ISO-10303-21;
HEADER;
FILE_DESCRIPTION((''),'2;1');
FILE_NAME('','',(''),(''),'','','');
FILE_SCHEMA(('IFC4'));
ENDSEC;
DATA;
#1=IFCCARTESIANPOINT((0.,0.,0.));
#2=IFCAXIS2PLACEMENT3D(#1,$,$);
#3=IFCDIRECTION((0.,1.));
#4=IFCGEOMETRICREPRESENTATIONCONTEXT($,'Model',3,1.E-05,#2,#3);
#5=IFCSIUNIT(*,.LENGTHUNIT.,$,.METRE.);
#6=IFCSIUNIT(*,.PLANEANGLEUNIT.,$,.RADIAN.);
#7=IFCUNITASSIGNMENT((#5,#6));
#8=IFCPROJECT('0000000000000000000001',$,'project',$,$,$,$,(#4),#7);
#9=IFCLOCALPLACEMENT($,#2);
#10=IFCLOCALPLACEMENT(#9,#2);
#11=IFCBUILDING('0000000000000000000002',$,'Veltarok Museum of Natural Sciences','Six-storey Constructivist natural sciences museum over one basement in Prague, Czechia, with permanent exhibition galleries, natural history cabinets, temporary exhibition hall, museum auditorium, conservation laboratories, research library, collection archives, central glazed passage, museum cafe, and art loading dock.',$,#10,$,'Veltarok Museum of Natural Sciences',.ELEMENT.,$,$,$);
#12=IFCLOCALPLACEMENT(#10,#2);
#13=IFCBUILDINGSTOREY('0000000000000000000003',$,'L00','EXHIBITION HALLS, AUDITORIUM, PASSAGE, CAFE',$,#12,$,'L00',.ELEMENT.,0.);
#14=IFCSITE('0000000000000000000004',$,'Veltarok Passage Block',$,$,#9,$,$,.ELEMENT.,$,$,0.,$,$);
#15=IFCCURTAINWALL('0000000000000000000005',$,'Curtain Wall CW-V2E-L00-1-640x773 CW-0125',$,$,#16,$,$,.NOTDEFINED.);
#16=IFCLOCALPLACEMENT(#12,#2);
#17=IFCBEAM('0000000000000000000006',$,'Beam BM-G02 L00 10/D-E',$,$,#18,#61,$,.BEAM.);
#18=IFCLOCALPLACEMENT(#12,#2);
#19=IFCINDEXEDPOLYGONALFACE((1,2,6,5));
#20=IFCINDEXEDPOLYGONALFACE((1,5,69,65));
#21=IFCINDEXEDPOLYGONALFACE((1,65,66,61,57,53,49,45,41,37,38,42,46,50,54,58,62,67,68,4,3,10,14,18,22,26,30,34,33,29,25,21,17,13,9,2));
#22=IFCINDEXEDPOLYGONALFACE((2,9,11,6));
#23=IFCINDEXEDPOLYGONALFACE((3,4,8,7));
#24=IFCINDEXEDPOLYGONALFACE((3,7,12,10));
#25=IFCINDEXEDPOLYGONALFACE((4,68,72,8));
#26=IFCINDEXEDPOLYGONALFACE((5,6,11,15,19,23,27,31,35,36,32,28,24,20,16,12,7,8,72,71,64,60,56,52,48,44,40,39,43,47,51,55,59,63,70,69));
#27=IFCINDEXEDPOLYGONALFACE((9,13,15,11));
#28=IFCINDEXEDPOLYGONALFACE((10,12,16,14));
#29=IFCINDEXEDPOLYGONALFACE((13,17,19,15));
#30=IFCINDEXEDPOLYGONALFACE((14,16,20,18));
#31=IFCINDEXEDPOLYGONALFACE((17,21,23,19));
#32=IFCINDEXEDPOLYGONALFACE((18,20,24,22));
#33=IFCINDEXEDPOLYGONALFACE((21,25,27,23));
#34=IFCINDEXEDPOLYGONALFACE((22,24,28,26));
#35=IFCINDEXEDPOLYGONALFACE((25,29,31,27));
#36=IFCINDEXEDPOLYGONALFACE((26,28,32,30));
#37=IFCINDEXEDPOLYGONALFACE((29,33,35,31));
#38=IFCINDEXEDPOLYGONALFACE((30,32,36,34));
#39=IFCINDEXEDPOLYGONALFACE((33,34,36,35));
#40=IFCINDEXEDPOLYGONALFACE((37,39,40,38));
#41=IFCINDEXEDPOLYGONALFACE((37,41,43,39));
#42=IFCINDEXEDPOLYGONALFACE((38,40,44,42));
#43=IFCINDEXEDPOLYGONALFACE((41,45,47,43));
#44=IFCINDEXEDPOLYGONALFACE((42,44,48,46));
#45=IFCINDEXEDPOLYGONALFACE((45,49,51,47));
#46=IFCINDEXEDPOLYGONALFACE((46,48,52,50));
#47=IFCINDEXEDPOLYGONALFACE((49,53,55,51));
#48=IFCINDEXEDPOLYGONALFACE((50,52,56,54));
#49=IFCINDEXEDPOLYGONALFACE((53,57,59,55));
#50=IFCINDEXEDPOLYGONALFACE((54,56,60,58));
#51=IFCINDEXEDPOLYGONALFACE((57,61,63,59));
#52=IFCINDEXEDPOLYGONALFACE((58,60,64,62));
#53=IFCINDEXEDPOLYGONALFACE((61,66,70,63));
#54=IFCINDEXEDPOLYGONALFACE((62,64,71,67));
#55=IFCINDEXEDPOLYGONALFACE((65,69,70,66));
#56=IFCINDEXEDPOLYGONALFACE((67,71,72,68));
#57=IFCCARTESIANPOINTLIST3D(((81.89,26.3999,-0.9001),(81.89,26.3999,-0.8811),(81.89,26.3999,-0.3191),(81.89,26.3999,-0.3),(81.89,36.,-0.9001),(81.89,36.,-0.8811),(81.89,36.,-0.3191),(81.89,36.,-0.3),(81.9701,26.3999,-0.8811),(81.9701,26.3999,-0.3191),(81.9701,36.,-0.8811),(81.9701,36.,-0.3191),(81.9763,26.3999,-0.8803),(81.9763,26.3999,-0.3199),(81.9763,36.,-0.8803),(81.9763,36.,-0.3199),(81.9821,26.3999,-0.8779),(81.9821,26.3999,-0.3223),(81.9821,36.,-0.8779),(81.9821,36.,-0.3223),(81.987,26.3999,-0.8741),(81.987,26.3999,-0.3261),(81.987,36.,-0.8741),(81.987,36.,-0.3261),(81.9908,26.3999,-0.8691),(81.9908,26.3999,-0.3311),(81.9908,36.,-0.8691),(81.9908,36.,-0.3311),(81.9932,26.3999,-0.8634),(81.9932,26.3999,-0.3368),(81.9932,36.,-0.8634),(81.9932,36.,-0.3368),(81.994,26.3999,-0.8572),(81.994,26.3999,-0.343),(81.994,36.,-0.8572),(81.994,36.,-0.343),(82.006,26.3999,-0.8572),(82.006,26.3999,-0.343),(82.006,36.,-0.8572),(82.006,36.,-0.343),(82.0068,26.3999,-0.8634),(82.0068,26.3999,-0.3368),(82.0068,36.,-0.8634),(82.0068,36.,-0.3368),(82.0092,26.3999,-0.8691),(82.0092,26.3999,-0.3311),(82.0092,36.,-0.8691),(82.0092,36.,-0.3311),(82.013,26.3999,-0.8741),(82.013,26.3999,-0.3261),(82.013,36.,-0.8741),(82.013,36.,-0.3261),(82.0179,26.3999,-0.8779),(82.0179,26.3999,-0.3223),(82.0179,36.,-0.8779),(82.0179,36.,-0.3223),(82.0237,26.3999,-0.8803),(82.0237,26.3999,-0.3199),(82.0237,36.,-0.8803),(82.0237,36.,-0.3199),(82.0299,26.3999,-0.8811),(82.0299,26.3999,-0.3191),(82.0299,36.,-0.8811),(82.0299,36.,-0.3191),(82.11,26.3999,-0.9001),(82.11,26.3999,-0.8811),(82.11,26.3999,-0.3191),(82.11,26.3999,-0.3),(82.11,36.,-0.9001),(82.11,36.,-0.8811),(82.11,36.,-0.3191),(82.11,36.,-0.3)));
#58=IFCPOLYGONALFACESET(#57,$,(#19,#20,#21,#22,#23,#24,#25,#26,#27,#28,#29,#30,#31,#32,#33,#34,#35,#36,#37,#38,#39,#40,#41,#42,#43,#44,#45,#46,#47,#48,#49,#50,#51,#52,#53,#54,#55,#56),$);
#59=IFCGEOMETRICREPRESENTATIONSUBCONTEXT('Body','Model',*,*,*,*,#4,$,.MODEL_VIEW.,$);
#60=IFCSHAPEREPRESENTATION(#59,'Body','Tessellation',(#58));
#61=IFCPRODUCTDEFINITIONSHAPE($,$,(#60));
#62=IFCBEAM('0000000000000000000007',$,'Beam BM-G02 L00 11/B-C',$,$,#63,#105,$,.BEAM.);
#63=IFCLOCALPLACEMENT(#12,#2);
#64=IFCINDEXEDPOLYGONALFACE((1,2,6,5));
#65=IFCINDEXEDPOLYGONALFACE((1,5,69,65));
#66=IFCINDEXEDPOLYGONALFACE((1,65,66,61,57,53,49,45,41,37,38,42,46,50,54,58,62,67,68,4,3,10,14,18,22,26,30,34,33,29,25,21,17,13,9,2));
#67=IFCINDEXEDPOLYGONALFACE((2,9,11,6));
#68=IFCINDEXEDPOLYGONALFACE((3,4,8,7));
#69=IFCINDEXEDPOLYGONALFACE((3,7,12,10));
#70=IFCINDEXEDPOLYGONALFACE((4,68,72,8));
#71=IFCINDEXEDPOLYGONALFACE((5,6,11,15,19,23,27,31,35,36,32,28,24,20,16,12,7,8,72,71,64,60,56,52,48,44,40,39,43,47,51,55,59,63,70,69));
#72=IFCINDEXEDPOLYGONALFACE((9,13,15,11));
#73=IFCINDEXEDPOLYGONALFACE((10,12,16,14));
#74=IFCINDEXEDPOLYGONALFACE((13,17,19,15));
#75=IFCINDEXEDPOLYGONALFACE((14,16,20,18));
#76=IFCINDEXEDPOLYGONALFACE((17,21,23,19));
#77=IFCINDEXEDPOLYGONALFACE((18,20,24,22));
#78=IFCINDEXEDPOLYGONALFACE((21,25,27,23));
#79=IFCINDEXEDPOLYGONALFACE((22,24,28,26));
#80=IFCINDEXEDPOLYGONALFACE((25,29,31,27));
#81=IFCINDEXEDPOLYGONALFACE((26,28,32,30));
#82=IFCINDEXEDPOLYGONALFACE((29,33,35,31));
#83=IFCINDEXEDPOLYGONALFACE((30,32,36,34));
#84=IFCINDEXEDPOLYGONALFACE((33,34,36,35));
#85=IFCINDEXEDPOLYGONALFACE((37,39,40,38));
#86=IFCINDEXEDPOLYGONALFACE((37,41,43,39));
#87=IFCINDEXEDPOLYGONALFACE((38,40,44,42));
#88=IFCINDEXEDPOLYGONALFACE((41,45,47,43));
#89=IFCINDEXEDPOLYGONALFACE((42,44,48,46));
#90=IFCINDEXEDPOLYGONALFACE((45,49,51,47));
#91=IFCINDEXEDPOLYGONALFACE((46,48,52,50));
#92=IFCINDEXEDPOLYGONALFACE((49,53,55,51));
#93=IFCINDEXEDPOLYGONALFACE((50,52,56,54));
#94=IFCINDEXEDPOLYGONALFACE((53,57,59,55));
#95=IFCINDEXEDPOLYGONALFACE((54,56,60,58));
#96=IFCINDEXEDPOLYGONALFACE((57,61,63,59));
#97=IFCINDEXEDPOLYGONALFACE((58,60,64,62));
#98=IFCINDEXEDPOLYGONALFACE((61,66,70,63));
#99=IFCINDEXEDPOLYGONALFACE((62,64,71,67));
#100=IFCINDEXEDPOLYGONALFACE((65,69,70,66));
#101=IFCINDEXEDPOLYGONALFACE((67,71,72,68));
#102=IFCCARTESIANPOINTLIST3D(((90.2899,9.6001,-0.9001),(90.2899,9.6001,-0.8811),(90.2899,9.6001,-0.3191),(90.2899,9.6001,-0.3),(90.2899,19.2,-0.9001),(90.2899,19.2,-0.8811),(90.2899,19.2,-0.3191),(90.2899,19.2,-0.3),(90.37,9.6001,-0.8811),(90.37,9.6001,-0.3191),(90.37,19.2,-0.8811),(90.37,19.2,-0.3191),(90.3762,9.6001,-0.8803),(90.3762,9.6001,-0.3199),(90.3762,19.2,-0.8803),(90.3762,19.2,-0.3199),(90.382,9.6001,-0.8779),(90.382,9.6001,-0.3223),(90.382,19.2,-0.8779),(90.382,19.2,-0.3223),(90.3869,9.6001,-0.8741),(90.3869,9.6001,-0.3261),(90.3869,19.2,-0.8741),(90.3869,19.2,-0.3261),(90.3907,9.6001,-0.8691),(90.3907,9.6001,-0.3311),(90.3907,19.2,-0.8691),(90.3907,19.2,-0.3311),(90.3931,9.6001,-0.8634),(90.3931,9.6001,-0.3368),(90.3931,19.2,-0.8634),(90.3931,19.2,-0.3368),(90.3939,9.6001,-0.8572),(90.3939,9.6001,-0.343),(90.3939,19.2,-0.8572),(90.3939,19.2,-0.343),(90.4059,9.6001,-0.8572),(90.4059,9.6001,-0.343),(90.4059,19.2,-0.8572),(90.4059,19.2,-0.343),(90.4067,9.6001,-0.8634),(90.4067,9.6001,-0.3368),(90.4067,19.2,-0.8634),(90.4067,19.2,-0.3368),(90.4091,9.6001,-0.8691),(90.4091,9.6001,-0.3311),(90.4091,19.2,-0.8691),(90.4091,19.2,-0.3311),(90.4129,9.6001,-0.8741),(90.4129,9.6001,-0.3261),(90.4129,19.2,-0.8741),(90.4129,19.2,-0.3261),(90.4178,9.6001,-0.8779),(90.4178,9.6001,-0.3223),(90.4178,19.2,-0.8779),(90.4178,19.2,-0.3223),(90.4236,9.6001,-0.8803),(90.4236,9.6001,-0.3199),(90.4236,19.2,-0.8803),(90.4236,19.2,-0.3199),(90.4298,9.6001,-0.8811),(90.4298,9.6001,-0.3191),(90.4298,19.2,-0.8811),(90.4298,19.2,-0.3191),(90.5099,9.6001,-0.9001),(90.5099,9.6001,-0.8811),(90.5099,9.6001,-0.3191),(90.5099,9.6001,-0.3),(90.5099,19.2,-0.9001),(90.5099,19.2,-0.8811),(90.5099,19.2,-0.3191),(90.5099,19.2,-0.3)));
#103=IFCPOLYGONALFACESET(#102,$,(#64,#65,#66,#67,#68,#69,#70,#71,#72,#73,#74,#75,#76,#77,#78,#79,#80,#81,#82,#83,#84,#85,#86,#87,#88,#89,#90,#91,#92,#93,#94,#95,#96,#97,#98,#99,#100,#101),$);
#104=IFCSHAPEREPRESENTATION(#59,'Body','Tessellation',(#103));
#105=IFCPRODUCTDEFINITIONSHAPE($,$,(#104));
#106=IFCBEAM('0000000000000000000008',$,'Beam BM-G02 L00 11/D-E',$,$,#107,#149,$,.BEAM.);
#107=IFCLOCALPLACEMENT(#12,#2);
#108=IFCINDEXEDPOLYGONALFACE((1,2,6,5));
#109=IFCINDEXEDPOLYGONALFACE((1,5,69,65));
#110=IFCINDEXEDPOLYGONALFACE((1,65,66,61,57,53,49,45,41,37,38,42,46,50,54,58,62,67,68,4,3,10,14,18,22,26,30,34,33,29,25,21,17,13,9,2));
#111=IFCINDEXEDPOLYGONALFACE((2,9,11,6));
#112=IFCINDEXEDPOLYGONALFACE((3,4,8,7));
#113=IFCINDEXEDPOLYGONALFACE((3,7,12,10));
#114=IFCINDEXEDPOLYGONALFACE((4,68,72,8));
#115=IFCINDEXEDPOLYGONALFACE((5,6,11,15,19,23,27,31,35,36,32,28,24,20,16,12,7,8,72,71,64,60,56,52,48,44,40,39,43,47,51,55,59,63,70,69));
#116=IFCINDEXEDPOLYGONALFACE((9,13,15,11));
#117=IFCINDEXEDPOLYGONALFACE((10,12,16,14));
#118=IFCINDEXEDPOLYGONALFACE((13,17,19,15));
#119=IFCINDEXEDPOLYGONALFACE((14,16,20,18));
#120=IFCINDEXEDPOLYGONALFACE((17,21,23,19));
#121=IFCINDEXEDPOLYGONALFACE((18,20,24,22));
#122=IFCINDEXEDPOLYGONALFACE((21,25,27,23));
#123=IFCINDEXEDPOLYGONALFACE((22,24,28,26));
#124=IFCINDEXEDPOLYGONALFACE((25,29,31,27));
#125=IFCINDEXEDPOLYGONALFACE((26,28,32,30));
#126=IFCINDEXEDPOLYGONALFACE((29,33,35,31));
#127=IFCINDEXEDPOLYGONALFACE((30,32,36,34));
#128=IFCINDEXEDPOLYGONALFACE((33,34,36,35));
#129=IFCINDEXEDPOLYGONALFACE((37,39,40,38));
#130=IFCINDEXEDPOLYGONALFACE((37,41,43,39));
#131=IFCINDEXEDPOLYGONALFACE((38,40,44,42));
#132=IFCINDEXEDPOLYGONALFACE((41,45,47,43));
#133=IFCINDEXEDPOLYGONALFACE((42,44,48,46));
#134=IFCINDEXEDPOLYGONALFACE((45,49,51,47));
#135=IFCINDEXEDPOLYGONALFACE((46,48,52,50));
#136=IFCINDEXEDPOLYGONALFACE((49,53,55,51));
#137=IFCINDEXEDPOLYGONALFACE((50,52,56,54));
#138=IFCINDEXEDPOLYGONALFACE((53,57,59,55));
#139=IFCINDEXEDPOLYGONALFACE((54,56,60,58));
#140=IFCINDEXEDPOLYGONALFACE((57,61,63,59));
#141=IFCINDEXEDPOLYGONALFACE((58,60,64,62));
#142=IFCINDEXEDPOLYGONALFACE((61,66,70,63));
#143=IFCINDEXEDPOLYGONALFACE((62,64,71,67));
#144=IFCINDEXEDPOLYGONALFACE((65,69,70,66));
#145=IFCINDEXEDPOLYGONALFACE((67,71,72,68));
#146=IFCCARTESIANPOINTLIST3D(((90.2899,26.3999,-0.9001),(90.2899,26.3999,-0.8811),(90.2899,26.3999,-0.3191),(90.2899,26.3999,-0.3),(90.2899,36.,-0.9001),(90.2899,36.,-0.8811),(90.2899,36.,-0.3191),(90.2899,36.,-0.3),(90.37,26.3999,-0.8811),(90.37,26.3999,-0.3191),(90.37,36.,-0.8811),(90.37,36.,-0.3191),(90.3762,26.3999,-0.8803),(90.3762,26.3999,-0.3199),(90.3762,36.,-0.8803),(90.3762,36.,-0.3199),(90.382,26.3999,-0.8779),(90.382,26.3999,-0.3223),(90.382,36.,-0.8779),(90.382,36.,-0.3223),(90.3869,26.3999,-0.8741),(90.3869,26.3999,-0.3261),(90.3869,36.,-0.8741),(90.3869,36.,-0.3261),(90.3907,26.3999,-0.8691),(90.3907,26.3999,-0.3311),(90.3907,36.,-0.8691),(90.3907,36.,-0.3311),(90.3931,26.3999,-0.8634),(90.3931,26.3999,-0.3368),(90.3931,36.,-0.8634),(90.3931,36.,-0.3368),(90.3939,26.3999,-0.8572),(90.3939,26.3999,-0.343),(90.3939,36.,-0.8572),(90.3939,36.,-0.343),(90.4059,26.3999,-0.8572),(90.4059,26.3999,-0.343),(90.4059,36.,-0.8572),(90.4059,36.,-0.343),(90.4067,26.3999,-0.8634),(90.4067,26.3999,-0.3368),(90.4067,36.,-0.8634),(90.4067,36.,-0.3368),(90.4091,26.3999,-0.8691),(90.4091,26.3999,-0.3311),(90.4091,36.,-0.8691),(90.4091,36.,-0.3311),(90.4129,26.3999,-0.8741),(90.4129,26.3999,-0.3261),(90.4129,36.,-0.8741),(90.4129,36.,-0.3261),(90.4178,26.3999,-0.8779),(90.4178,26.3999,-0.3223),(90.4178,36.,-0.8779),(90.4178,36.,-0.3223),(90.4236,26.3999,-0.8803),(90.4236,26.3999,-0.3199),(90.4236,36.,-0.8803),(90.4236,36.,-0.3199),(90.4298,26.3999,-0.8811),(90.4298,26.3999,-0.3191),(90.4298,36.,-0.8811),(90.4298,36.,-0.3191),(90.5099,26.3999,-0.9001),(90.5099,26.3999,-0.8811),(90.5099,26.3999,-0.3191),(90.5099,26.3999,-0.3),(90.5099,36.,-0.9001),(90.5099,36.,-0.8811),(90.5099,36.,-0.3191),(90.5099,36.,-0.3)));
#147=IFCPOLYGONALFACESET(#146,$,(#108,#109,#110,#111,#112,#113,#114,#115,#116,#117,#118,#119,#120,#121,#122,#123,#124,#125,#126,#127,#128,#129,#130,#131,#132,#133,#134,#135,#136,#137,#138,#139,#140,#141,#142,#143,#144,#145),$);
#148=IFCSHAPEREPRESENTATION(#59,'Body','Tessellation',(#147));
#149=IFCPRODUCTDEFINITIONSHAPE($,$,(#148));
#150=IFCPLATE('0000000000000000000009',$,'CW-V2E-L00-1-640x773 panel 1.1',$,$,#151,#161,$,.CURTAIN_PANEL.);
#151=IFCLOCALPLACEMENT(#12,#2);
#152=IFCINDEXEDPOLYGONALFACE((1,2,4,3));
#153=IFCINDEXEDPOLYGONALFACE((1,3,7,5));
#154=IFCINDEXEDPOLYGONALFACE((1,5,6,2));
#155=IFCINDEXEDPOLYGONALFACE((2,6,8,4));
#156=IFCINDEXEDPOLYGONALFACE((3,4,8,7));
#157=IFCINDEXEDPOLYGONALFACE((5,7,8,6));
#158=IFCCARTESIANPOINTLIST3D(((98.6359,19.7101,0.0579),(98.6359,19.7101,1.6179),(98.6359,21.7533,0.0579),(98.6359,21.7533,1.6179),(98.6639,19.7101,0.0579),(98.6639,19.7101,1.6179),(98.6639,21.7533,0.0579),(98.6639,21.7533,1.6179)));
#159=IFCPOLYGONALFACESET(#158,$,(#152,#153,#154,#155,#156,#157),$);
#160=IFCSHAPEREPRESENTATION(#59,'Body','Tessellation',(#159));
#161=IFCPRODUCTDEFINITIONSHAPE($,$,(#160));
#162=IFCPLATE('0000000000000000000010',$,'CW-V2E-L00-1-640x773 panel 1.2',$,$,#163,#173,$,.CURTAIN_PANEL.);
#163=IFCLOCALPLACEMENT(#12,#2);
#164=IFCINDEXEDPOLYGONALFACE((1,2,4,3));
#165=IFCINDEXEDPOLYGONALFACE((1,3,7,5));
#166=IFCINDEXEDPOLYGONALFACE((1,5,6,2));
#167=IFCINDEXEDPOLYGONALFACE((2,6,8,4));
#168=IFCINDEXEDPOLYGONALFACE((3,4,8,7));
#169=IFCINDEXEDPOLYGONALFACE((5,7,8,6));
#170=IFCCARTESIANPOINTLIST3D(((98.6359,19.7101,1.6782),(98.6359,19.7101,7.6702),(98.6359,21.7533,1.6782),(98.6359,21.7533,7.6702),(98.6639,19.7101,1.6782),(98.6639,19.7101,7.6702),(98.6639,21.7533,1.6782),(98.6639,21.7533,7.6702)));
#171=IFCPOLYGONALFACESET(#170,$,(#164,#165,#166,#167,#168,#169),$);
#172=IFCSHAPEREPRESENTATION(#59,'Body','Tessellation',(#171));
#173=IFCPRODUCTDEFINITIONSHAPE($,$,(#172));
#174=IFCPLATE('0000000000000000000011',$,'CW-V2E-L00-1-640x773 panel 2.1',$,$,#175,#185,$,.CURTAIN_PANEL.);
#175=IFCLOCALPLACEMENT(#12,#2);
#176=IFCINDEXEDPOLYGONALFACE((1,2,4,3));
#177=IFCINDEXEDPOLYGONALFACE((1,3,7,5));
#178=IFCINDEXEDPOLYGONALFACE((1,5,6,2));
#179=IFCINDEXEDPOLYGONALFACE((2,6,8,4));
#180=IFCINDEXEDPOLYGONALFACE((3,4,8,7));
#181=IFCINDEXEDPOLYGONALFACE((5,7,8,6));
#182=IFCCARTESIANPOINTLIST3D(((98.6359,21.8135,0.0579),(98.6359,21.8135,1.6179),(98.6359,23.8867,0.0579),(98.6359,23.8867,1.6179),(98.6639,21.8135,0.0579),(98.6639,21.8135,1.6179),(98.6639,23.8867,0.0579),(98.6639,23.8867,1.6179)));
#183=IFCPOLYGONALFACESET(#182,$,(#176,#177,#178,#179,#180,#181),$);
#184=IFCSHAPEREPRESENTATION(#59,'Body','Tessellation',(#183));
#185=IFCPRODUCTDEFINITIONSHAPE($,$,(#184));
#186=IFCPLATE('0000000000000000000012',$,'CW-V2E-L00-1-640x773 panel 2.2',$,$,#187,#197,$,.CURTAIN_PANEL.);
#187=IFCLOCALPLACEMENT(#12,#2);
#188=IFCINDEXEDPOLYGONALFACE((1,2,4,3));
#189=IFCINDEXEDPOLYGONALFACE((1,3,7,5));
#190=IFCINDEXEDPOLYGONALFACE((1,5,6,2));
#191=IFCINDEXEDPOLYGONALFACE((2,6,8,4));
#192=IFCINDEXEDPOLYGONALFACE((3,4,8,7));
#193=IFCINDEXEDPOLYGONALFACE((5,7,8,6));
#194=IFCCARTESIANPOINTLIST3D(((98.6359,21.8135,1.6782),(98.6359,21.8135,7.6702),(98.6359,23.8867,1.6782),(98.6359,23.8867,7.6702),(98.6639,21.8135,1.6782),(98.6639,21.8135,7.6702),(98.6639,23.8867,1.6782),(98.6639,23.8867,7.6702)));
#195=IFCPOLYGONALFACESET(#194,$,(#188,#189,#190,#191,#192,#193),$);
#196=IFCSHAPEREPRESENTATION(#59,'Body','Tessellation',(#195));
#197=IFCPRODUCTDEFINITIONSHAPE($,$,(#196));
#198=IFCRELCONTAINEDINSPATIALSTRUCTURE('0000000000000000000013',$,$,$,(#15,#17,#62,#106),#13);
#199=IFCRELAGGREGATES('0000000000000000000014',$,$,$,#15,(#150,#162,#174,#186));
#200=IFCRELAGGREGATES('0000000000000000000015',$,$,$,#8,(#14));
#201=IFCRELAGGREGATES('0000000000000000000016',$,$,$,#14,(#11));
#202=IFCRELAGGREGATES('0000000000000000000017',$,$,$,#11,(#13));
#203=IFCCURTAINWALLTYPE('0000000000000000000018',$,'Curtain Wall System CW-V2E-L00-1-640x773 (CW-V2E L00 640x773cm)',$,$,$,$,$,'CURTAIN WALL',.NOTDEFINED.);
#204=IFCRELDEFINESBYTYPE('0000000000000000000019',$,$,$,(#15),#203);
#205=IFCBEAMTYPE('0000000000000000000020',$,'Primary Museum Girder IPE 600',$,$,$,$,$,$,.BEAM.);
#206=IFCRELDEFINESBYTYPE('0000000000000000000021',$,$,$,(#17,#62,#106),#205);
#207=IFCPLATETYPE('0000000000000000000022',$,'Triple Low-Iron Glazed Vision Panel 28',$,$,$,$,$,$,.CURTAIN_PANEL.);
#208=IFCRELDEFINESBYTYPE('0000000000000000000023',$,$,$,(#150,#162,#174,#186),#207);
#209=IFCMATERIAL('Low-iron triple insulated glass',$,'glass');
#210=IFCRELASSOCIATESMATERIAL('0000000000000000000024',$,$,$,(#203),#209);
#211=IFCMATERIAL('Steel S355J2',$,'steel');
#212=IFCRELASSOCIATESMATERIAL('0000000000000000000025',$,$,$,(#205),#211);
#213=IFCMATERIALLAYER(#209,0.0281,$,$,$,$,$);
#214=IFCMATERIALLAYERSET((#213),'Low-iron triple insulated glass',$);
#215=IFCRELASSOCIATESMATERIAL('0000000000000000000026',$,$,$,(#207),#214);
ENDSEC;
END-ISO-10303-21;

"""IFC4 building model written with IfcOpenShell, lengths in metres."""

from ifc_helpers import new_model, si_unit, direction, frame, origin, origin_2d, place, context, subcontext, project, spatial, rectangle, i_section, extrude, material, layer, layer_set, material_profile, profile_set, type_object, element, aggregate, save


model = new_model("IFC4")

# Units and contexts
model_context = context("Model", 3, precision=1e-05, world=origin(), true_north=direction((0.0, 1.0)))
body_context = subcontext(model_context, "Body", "Model", "MODEL_VIEW")
ifc_project = project(units=[si_unit("LENGTHUNIT", "METRE"), si_unit("PLANEANGLEUNIT", "RADIAN")], contexts=[model_context])

# Site, building, storey
site_placement = place(None, origin())
site = spatial("IfcSite", under=ifc_project, at=site_placement, Name="Veltarok Passage Block", CompositionType="ELEMENT", RefElevation=0.0)
building_placement = place(site_placement, origin())
building = spatial("IfcBuilding", under=site, at=building_placement, Name="Veltarok Museum of Natural Sciences", Description="Six-storey Constructivist natural sciences museum over one basement in Prague, Czechia, with permanent exhibition galleries, natural history cabinets, temporary exhibition hall, museum auditorium, conservation laboratories, research library, collection archives, central glazed passage, museum cafe, and art loading dock.", LongName="Veltarok Museum of Natural Sciences", CompositionType="ELEMENT")
storey_placement = place(building_placement, origin())
storey = spatial("IfcBuildingStorey", under=building, at=storey_placement, Name="L00", Description="EXHIBITION HALLS, AUDITORIUM, PASSAGE, CAFE", LongName="L00", CompositionType="ELEMENT", Elevation=0.0)

# Shared definitions
ifc_material_1 = material(Name="Steel S355J2", Category="steel")

# Curtain wall
ifc_material_2 = material(Name="Low-iron triple insulated glass", Category="glass")
curtain_wall_type = type_object("IfcCurtainWallType", Name="Curtain Wall System CW-V2E-L00-1-640x773 (CW-V2E L00 640x773cm)", ElementType="CURTAIN WALL", PredefinedType="NOTDEFINED", material=ifc_material_2)
curtain_wall_placement = place(storey_placement, origin())
curtain_wall = element("IfcCurtainWall", 1, at=curtain_wall_placement, inside=storey, type_object=curtain_wall_type, Name="Curtain Wall CW-V2E-L00-1-640x773 CW-0125", PredefinedType="NOTDEFINED")

# Beams
ifc_material_profile_1 = material_profile(ifc_material_1, i_section(OverallWidth=0.22, OverallDepth=0.6001, WebThickness=0.012, FlangeThickness=0.019, FilletRadius=0.0239, at=origin_2d()), Name="IPE 600")
ifc_profile_set_1 = profile_set([ifc_material_profile_1], Name="Steel S355J2")
beam_type_1 = type_object("IfcBeamType", Name="Primary Museum Girder IPE 600", PredefinedType="BEAM", material=ifc_profile_set_1)
beam_1_placement = place(storey_placement, frame((82.0, 26.3999, -0.6001), z_axis=(0.0, 1.0, 0.0), x_axis=(-1.0, 0.0, 0.0)))
element("IfcBeam", 2, at=beam_1_placement, inside=storey, type_object=beam_type_1, Name="Beam BM-G02 L00 10/D-E", PredefinedType="BEAM", context=body_context, shape_type="SweptSolid", body=[
    extrude(i_section(OverallWidth=0.22, OverallDepth=0.6001, WebThickness=0.012, FlangeThickness=0.019, FilletRadius=0.0239, at=origin_2d()), origin(), (0.0, 0.0, 1.0), 9.6001),
])
beam_2_placement = place(storey_placement, frame((90.3999, 9.6001, -0.6001), z_axis=(0.0, 1.0, 0.0), x_axis=(-1.0, 0.0, 0.0)))
element("IfcBeam", 3, at=beam_2_placement, inside=storey, type_object=beam_type_1, Name="Beam BM-G02 L00 11/B-C", PredefinedType="BEAM", context=body_context, shape_type="SweptSolid", body=[
    extrude(i_section(OverallWidth=0.22, OverallDepth=0.6001, WebThickness=0.012, FlangeThickness=0.019, FilletRadius=0.0239, at=origin_2d()), origin(), (0.0, 0.0, 1.0), 9.5999),
])
beam_3_placement = place(storey_placement, frame((90.3999, 26.3999, -0.6001), z_axis=(0.0, 1.0, 0.0), x_axis=(-1.0, 0.0, 0.0)))
element("IfcBeam", 4, at=beam_3_placement, inside=storey, type_object=beam_type_1, Name="Beam BM-G02 L00 11/D-E", PredefinedType="BEAM", context=body_context, shape_type="SweptSolid", body=[
    extrude(i_section(OverallWidth=0.22, OverallDepth=0.6001, WebThickness=0.012, FlangeThickness=0.019, FilletRadius=0.0239, at=origin_2d()), origin(), (0.0, 0.0, 1.0), 9.6001),
])

# Plates
ifc_layer_1 = layer(ifc_material_2, 0.0281)
ifc_layer_set_1 = layer_set([ifc_layer_1], Name="Low-iron triple insulated glass")
plate_type = type_object("IfcPlateType", Name="Triple Low-Iron Glazed Vision Panel 28", PredefinedType="CURTAIN_PANEL", material=ifc_layer_set_1)
plate_1_placement = place(storey_placement, frame((98.6499, 20.7317, 0.0579), z_axis=(0.0, 0.0, 1.0), x_axis=(0.0, 1.0, 0.0)))
plate_1 = element("IfcPlate", 5, at=plate_1_placement, type_object=plate_type, Name="CW-V2E-L00-1-640x773 panel 1.1", PredefinedType="CURTAIN_PANEL", context=body_context, shape_type="SweptSolid", body=[
    extrude(rectangle(XDim=2.0432, YDim=0.0281, at=origin_2d()), origin(), (0.0, 0.0, 1.0), 1.5601),
])
plate_2_placement = place(storey_placement, frame((98.6499, 20.7317, 1.6782), z_axis=(0.0, 0.0, 1.0), x_axis=(0.0, 1.0, 0.0)))
plate_2 = element("IfcPlate", 6, at=plate_2_placement, type_object=plate_type, Name="CW-V2E-L00-1-640x773 panel 1.2", PredefinedType="CURTAIN_PANEL", context=body_context, shape_type="SweptSolid", body=[
    extrude(rectangle(XDim=2.0432, YDim=0.0281, at=origin_2d()), origin(), (0.0, 0.0, 1.0), 5.9919),
])
plate_3_placement = place(storey_placement, frame((98.6499, 22.8501, 0.0579), z_axis=(0.0, 0.0, 1.0), x_axis=(0.0, 1.0, 0.0)))
plate_3 = element("IfcPlate", 7, at=plate_3_placement, type_object=plate_type, Name="CW-V2E-L00-1-640x773 panel 2.1", PredefinedType="CURTAIN_PANEL", context=body_context, shape_type="SweptSolid", body=[
    extrude(rectangle(XDim=2.0732, YDim=0.0281, at=origin_2d()), origin(), (0.0, 0.0, 1.0), 1.5601),
])
plate_4_placement = place(storey_placement, frame((98.6499, 22.8501, 1.6782), z_axis=(0.0, 0.0, 1.0), x_axis=(0.0, 1.0, 0.0)))
plate_4 = element("IfcPlate", 8, at=plate_4_placement, type_object=plate_type, Name="CW-V2E-L00-1-640x773 panel 2.2", PredefinedType="CURTAIN_PANEL", context=body_context, shape_type="SweptSolid", body=[
    extrude(rectangle(XDim=2.0732, YDim=0.0281, at=origin_2d()), origin(), (0.0, 0.0, 1.0), 5.9919),
])
aggregate(curtain_wall, [plate_1, plate_2, plate_3, plate_4])

save(model, "model.ifc")
